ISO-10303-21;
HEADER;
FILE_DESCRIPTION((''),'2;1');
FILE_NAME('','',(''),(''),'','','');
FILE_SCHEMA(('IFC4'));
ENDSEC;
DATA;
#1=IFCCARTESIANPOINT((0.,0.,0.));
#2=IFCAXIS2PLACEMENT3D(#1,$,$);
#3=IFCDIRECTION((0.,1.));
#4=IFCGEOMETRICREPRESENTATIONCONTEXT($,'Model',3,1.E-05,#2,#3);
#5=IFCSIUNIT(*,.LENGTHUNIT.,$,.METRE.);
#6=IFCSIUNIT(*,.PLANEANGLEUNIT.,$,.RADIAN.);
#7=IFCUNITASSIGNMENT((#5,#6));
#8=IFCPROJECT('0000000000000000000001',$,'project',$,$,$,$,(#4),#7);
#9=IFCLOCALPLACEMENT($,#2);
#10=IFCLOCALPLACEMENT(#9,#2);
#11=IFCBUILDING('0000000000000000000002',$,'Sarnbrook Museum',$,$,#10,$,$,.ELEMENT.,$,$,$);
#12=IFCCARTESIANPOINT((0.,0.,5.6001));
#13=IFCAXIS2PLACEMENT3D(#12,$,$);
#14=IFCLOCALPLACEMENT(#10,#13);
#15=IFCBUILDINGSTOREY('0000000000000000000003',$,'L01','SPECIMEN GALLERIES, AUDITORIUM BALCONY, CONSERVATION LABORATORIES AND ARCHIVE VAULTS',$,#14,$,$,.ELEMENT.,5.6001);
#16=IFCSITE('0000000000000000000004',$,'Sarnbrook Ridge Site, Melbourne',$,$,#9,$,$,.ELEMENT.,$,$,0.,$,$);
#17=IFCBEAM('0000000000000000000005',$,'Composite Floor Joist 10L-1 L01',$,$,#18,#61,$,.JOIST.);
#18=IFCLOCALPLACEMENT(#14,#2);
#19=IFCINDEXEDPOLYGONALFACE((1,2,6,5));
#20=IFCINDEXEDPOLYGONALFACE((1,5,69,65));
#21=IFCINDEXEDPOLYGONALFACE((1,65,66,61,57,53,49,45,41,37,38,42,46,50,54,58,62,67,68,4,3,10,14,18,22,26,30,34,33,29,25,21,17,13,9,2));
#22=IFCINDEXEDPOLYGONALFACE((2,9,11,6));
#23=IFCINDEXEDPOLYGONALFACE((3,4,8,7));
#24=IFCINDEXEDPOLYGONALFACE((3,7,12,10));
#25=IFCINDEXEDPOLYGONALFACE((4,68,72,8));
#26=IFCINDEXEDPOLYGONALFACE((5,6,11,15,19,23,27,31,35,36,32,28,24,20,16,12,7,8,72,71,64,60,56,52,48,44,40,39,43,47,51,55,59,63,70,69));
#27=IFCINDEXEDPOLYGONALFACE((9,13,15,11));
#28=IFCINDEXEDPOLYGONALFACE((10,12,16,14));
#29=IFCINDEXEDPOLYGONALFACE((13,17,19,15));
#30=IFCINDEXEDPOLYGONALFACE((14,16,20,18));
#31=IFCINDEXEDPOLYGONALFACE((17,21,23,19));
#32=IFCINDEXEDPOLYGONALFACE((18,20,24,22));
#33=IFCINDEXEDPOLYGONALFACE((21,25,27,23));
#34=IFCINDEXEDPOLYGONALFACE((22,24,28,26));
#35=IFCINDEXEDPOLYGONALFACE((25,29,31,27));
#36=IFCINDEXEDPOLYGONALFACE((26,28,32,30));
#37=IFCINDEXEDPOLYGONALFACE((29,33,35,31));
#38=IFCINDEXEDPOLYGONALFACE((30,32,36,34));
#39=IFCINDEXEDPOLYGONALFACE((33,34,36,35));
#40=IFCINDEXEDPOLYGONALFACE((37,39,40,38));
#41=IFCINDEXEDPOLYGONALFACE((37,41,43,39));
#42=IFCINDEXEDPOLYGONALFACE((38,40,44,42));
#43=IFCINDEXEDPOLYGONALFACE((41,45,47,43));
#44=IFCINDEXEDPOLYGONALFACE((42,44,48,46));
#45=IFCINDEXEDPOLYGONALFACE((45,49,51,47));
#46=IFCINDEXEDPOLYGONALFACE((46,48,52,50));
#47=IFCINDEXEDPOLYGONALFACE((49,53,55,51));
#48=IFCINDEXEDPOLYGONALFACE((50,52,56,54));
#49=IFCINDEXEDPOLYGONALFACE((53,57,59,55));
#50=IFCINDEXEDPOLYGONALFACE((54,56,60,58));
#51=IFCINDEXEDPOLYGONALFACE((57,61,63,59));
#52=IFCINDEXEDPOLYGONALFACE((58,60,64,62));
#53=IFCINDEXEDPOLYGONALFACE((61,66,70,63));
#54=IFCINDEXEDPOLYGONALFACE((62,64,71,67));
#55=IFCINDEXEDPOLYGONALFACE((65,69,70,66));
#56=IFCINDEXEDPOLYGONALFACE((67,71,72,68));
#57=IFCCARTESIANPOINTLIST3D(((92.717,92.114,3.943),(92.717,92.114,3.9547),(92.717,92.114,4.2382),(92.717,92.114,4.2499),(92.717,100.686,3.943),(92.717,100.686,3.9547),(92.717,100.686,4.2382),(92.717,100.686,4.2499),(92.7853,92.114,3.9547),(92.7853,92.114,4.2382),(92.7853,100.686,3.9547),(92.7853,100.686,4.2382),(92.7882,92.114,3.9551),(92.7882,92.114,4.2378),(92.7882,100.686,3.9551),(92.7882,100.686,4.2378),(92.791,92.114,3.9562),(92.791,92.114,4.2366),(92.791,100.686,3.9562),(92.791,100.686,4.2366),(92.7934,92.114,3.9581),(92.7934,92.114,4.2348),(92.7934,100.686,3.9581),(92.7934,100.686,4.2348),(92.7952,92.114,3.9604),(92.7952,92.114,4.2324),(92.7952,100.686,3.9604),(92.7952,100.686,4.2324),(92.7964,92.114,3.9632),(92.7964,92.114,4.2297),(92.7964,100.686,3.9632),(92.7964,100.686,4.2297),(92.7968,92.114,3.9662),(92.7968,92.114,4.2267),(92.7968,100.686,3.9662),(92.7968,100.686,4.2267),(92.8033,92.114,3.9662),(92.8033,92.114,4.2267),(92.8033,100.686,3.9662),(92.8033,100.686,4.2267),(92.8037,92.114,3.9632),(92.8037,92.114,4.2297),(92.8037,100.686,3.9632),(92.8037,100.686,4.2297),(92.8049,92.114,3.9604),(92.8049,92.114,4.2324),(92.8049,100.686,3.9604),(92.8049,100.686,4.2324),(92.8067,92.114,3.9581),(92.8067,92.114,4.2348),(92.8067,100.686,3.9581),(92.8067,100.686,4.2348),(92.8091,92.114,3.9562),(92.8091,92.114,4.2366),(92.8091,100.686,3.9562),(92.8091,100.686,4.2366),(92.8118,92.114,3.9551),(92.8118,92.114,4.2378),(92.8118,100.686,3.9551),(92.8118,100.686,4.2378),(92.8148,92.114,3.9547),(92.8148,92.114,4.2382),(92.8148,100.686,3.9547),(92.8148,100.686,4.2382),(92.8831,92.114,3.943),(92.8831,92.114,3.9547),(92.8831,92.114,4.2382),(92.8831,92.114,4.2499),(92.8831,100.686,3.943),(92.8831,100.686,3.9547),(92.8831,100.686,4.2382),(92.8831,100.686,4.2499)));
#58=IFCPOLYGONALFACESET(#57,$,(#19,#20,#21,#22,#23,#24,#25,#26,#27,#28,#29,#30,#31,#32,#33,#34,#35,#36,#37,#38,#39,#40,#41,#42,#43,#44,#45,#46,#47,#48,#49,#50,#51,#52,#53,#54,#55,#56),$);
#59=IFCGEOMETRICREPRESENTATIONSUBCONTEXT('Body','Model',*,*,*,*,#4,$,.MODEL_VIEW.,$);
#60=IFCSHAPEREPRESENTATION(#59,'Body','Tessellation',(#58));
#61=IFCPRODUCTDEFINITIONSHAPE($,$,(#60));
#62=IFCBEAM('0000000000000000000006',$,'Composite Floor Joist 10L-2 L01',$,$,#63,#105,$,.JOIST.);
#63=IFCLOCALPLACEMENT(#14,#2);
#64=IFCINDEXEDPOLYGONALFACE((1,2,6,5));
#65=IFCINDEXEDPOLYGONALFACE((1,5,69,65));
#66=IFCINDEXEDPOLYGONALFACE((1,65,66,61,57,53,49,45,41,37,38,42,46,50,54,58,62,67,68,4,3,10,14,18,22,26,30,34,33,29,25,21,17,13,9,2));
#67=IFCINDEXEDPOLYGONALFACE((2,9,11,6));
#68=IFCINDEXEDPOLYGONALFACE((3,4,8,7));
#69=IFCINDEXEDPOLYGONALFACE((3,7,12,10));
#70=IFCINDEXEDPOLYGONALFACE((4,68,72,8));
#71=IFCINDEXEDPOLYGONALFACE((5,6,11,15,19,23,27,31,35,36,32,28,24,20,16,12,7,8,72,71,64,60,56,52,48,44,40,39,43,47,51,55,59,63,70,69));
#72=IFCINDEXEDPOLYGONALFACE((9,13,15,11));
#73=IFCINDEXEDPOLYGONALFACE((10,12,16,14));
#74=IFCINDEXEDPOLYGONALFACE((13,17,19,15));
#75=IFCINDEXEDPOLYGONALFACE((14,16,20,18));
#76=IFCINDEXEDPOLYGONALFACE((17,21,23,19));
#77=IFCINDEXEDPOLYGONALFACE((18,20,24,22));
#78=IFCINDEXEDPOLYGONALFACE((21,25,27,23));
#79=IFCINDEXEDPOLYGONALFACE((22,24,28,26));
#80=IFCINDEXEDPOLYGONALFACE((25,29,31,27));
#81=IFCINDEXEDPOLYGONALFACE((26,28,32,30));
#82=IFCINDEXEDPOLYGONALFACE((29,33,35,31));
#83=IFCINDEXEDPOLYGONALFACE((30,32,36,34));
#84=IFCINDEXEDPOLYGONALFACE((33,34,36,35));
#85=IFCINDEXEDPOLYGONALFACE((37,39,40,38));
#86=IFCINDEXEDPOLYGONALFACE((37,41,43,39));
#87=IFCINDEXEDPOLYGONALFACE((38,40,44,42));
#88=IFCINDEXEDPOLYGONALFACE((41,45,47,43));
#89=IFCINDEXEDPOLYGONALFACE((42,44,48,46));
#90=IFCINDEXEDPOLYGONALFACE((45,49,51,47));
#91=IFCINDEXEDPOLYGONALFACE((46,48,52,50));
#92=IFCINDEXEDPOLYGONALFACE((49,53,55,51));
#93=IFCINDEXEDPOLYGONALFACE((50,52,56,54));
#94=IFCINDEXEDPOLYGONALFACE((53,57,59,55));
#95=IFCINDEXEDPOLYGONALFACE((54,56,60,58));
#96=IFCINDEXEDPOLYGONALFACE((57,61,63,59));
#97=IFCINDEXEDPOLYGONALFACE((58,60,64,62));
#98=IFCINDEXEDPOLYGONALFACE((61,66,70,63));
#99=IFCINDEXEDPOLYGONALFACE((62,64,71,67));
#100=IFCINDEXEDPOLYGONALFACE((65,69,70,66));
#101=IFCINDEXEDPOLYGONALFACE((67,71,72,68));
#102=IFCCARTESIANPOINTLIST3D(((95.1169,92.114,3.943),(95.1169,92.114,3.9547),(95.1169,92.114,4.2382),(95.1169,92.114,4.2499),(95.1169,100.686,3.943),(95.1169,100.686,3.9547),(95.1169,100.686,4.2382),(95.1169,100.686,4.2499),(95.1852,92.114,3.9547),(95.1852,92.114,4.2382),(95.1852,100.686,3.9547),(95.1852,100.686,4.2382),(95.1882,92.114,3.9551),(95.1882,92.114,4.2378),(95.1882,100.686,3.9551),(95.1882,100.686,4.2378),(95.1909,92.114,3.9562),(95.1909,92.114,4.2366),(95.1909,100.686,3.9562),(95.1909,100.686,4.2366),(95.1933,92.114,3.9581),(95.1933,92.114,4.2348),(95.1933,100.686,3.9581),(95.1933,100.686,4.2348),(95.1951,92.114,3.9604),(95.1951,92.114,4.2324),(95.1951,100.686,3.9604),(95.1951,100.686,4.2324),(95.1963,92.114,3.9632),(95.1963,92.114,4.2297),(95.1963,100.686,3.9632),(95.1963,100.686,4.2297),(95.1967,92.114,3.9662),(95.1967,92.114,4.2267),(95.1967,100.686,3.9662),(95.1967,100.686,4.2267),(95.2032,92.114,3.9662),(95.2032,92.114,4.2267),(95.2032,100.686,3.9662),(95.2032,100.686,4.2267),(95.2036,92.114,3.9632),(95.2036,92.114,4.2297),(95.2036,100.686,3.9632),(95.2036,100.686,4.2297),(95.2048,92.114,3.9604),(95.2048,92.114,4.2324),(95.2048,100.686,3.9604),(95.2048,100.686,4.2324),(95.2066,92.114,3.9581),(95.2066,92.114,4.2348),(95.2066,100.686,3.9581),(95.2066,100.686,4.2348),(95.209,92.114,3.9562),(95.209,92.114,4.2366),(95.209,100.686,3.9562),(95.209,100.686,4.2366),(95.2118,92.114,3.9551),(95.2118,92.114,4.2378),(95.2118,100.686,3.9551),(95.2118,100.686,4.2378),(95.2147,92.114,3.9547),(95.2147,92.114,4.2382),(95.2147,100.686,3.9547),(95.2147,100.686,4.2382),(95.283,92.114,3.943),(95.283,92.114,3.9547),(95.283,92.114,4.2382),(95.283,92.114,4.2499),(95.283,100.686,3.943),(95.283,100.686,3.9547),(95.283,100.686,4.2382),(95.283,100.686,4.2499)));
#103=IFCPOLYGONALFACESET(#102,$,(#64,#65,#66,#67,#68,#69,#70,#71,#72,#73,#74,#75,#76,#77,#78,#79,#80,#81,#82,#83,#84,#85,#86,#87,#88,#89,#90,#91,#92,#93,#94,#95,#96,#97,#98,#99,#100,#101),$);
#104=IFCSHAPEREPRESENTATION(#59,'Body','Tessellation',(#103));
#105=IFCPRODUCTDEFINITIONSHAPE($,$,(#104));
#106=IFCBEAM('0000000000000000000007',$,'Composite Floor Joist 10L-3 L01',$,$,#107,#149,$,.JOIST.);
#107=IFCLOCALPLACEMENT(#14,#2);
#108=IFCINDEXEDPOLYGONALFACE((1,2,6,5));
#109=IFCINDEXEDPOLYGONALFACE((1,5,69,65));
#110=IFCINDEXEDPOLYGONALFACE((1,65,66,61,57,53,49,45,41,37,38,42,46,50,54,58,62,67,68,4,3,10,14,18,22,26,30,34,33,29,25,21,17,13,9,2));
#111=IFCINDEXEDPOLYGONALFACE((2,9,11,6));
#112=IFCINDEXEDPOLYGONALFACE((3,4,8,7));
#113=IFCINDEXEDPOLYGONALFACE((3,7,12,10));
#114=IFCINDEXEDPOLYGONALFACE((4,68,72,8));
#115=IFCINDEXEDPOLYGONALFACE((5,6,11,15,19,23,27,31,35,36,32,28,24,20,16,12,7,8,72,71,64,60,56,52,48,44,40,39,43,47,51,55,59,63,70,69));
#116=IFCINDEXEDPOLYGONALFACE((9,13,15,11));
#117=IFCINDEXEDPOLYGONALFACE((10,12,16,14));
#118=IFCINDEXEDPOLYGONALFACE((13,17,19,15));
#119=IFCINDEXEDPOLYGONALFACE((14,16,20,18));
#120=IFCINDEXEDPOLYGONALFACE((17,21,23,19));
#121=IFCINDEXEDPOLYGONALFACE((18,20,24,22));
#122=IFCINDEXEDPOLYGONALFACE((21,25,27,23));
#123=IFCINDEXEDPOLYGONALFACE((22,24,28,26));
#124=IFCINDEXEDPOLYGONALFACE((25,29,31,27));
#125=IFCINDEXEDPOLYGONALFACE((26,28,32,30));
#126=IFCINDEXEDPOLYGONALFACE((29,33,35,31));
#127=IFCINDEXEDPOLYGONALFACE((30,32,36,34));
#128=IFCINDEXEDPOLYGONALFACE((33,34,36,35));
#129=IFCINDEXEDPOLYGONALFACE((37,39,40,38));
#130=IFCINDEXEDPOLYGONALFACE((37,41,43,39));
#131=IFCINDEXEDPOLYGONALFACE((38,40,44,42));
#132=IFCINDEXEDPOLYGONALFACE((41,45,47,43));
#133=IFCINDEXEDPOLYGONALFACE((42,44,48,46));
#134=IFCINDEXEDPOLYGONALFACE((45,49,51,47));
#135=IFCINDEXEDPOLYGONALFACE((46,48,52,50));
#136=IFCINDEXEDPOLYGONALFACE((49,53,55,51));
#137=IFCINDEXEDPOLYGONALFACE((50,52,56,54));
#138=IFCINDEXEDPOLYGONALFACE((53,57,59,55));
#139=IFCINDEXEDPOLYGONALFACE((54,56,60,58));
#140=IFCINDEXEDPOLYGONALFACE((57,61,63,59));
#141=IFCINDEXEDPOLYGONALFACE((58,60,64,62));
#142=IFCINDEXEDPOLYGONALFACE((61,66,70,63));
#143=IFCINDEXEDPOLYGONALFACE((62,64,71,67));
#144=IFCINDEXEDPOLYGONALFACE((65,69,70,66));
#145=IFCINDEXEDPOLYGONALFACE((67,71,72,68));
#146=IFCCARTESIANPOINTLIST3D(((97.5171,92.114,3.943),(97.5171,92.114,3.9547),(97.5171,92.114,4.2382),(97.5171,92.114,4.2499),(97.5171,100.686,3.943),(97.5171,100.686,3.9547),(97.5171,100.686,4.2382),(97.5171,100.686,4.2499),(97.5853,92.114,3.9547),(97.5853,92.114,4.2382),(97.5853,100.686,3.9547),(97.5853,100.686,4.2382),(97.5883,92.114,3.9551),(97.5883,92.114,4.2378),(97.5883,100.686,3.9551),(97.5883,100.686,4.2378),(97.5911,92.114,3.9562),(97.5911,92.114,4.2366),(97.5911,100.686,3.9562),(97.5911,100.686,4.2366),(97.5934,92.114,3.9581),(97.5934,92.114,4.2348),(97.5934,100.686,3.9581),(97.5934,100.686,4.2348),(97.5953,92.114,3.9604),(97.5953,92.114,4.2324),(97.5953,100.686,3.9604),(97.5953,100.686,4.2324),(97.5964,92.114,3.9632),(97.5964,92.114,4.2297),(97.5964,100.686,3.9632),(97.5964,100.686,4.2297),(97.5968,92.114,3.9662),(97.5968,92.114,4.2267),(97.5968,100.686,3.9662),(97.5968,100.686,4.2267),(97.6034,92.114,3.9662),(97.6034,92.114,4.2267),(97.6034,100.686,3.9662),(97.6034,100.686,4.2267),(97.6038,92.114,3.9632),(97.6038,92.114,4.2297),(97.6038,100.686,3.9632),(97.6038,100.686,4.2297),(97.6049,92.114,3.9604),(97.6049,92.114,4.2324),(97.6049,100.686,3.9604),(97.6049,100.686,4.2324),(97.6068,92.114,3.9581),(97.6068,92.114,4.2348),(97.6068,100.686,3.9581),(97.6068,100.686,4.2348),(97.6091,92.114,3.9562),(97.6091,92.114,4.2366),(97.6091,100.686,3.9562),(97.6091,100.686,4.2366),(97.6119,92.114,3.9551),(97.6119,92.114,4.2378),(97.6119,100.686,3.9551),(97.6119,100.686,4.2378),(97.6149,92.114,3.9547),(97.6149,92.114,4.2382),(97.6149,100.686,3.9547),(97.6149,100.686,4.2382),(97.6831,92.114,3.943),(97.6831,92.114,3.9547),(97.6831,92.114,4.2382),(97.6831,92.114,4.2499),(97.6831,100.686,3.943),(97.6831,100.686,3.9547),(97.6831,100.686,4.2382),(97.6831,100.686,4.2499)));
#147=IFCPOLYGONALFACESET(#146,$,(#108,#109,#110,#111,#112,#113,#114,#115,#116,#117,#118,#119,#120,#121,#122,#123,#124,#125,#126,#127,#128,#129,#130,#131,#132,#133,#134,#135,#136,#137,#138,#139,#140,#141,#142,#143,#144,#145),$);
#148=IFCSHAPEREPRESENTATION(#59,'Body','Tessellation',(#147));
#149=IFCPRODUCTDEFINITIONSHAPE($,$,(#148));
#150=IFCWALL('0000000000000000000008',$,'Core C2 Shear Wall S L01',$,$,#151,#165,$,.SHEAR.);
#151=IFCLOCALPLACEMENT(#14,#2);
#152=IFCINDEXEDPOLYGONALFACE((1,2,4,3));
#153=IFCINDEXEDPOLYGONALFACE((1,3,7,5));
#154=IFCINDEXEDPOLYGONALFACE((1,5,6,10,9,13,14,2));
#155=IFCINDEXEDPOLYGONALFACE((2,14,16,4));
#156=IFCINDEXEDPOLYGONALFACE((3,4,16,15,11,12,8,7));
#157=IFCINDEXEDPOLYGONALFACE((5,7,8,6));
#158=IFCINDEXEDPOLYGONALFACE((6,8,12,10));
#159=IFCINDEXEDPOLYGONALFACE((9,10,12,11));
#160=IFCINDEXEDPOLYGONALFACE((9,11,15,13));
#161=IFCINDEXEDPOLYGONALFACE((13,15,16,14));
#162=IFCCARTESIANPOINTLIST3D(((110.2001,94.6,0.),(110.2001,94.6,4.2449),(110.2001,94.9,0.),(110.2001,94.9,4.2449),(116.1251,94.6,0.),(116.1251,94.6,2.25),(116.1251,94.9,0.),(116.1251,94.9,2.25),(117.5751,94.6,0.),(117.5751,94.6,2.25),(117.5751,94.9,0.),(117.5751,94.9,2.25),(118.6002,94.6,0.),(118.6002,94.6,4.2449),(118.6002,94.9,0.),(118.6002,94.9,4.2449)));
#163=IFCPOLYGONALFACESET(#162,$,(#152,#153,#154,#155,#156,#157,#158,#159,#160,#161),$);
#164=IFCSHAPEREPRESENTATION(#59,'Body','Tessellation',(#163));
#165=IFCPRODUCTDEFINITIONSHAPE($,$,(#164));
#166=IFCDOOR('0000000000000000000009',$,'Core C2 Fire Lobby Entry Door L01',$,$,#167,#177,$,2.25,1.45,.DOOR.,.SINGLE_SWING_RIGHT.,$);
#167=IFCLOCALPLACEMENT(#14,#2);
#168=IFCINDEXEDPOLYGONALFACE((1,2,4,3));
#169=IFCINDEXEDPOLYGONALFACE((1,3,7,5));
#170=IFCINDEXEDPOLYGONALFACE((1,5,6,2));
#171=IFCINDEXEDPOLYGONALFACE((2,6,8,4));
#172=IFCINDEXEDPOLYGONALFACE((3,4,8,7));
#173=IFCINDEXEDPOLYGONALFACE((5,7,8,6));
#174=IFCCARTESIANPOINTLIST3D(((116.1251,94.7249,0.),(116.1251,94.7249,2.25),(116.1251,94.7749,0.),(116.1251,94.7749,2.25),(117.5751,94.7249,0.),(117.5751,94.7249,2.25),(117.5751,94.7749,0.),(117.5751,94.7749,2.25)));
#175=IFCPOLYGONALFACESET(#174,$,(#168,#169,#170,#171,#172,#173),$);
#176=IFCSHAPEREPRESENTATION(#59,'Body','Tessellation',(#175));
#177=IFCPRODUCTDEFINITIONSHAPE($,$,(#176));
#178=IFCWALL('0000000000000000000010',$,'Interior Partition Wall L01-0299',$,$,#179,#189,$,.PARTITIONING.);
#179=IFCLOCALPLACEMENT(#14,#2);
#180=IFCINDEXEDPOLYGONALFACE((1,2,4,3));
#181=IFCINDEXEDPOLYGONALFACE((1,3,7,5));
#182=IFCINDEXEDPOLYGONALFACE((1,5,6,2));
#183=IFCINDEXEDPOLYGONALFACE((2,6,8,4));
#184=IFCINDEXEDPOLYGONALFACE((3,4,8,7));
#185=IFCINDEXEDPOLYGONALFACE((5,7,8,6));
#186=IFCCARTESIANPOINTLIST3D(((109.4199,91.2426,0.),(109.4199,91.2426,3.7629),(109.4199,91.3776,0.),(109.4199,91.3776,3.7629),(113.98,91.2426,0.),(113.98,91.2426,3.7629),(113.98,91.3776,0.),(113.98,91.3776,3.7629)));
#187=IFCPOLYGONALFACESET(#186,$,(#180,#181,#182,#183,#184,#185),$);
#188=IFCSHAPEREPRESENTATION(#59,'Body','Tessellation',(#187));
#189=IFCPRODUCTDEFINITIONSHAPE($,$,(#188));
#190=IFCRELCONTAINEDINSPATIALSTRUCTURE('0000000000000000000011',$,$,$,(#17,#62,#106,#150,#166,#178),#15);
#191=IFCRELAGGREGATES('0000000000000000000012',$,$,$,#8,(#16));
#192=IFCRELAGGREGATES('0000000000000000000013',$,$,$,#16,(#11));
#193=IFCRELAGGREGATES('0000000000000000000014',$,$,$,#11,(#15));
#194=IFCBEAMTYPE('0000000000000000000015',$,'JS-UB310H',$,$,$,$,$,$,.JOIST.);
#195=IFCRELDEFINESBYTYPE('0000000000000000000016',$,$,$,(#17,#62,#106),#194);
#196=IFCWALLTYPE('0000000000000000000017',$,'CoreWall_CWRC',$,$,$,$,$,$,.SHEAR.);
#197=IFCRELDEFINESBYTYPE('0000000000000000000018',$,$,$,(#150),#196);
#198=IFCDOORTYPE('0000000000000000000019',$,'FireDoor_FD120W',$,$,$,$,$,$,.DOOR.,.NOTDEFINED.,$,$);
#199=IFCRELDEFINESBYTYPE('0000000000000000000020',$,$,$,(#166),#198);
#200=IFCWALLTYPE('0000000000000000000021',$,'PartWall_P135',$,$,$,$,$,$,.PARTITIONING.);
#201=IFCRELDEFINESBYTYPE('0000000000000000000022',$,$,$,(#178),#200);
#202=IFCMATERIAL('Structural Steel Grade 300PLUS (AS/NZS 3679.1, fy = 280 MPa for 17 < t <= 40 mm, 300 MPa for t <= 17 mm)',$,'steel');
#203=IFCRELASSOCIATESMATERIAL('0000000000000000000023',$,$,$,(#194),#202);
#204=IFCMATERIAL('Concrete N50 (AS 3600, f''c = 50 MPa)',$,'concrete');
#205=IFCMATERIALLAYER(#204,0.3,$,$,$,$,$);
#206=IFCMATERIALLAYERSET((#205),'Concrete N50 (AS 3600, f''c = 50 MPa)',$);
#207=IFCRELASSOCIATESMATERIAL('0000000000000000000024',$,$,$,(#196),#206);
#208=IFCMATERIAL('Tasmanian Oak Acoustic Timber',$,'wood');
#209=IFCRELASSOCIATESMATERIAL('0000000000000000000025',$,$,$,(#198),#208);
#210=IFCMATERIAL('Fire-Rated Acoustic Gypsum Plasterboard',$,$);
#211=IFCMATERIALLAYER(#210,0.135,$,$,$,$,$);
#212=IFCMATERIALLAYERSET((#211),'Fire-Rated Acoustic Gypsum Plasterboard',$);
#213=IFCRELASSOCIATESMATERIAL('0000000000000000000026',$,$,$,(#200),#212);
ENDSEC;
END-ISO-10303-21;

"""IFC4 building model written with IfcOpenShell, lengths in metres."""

from ifc_helpers import new_model, si_unit, direction, frame, frame_2d, origin, origin_2d, place, context, subcontext, project, spatial, rectangle, i_section, extrude, material, layer, layer_set, material_profile, profile_set, type_object, element, fill, save


model = new_model("IFC4")

# Units and contexts
model_context = context("Model", 3, precision=1e-05, world=origin(), true_north=direction((0.0, 1.0)))
body_context = subcontext(model_context, "Body", "Model", "MODEL_VIEW")
ifc_project = project(units=[si_unit("LENGTHUNIT", "METRE"), si_unit("PLANEANGLEUNIT", "RADIAN")], contexts=[model_context])

# Site, building, storey
site_placement = place(None, origin())
site = spatial("IfcSite", under=ifc_project, at=site_placement, Name="Sarnbrook Ridge Site, Melbourne", CompositionType="ELEMENT", RefElevation=0.0)
building_placement = place(site_placement, origin())
building = spatial("IfcBuilding", under=site, at=building_placement, Name="Sarnbrook Museum", CompositionType="ELEMENT")
storey_placement = place(building_placement, frame((0.0, 0.0, 5.6001)))
storey = spatial("IfcBuildingStorey", under=building, at=storey_placement, Name="L01", Description="SPECIMEN GALLERIES, AUDITORIUM BALCONY, CONSERVATION LABORATORIES AND ARCHIVE VAULTS", CompositionType="ELEMENT", Elevation=5.6001)

# Beams
ifc_material_1 = material(Name="Structural Steel Grade 300PLUS (AS/NZS 3679.1, fy = 280 MPa for 17 < t <= 40 mm, 300 MPa for t <= 17 mm)", Category="steel")
ifc_material_profile_1 = material_profile(ifc_material_1, i_section(OverallWidth=0.166, OverallDepth=0.3069, WebThickness=0.0066, FlangeThickness=0.0117, FilletRadius=0.0115, at=origin_2d()), Name="310UB46.2")
ifc_profile_set_1 = profile_set([ifc_material_profile_1], Name="Structural Steel Grade 300PLUS (AS/NZS 3679.1, fy = 280 MPa for 17 < t <= 40 mm, 300 MPa for t <= 17 mm)")
beam_type_1 = type_object("IfcBeamType", Name="JS-UB310H", PredefinedType="JOIST", material=ifc_profile_set_1)
for number, where, z_axis, x_axis, name in (
    (1, (92.8, 92.114, 4.0964), (0.0, 1.0, 0.0), (-1.0, 0.0, 0.0), "Composite Floor Joist 10L-1 L01"),
    (2, (95.2, 92.114, 4.0964), (0.0, 1.0, 0.0), (-1.0, 0.0, 0.0), "Composite Floor Joist 10L-2 L01"),
    (3, (97.6001, 92.114, 4.0964), (0.0, 1.0, 0.0), (-1.0, 0.0, 0.0), "Composite Floor Joist 10L-3 L01"),
):
    element("IfcBeam", number, at=place(storey_placement, frame(where, z_axis=z_axis, x_axis=x_axis)), inside=storey, type_object=beam_type_1, Name=name, PredefinedType="JOIST", context=body_context, shape_type="SweptSolid", body=[
        extrude(i_section(OverallWidth=0.166, OverallDepth=0.3069, WebThickness=0.0066, FlangeThickness=0.0117, FilletRadius=0.0115, at=origin_2d()), origin(), (0.0, 0.0, 1.0), 8.572),
    ])

# Wall, opening, door
ifc_material_2 = material(Name="Concrete N50 (AS 3600, f'c = 50 MPa)", Category="concrete")
ifc_layer_1 = layer(ifc_material_2, 0.3)
ifc_layer_set_1 = layer_set([ifc_layer_1], Name="Concrete N50 (AS 3600, f'c = 50 MPa)")
wall_type_1 = type_object("IfcWallType", Name="CoreWall_CWRC", PredefinedType="SHEAR", material=ifc_layer_set_1)
wall_1_placement = place(storey_placement, frame((110.2, 94.75, 0.0), z_axis=(0.0, 0.0, 1.0), x_axis=(1.0, 0.0, 0.0)))
wall_1 = element("IfcWall", 4, at=wall_1_placement, inside=storey, type_object=wall_type_1, Name="Core C2 Shear Wall S L01", PredefinedType="SHEAR", context=body_context, shape_type="SweptSolid", body=[
    extrude(rectangle(XDim=8.4001, YDim=0.3, at=frame_2d((4.2002, 0.0))), origin(), (0.0, 0.0, 1.0), 4.2449),
])
opening_1_placement = place(wall_1_placement, frame((5.925, 0.0, 0.0)))
opening_1 = element("IfcOpeningElement", 5, at=opening_1_placement, cuts=wall_1, PredefinedType="OPENING", context=body_context, shape_type="SweptSolid", body=[
    extrude(rectangle(XDim=1.45, YDim=2.25, at=frame_2d((0.7251, 1.125))), frame((0.0, 0.1602, 0.0), z_axis=(0.0, -1.0, 0.0), x_axis=(1.0, 0.0, 0.0)), (0.0, 0.0, 1.0), 0.3201),
])
ifc_material_3 = material(Name="Tasmanian Oak Acoustic Timber", Category="wood")
door_type_1 = type_object("IfcDoorType", Name="FireDoor_FD120W", OperationType="NOTDEFINED", PredefinedType="DOOR", material=ifc_material_3)
door_1_placement = place(opening_1_placement, origin())
door_1 = element("IfcDoor", 6, at=door_1_placement, inside=storey, type_object=door_type_1, Name="Core C2 Fire Lobby Entry Door L01", OperationType="SINGLE_SWING_RIGHT", OverallHeight=2.25, OverallWidth=1.45, PredefinedType="DOOR", context=body_context, shape_type="SweptSolid", body=[
    extrude(rectangle(XDim=1.45, YDim=2.25, at=frame_2d((0.7251, 1.125))), frame((0.0, 0.0249, 0.0), z_axis=(0.0, -1.0, 0.0), x_axis=(1.0, 0.0, 0.0)), (0.0, 0.0, 1.0), 0.05),
])
fill(opening_1, door_1)

# Wall
ifc_material_4 = material(Name="Fire-Rated Acoustic Gypsum Plasterboard")
ifc_layer_2 = layer(ifc_material_4, 0.135)
ifc_layer_set_2 = layer_set([ifc_layer_2], Name="Fire-Rated Acoustic Gypsum Plasterboard")
wall_type_2 = type_object("IfcWallType", Name="PartWall_P135", PredefinedType="PARTITIONING", material=ifc_layer_set_2)
wall_2_placement = place(storey_placement, frame((109.4199, 91.3101, 0.0), z_axis=(0.0, 0.0, 1.0), x_axis=(1.0, 0.0, 0.0)))
element("IfcWall", 7, at=wall_2_placement, inside=storey, type_object=wall_type_2, Name="Interior Partition Wall L01-0299", PredefinedType="PARTITIONING", context=body_context, shape_type="SweptSolid", body=[
    extrude(rectangle(XDim=4.5601, YDim=0.135, at=frame_2d((2.28, 0.0))), origin(), (0.0, 0.0, 1.0), 3.7629),
])

save(model, "model.ifc")
